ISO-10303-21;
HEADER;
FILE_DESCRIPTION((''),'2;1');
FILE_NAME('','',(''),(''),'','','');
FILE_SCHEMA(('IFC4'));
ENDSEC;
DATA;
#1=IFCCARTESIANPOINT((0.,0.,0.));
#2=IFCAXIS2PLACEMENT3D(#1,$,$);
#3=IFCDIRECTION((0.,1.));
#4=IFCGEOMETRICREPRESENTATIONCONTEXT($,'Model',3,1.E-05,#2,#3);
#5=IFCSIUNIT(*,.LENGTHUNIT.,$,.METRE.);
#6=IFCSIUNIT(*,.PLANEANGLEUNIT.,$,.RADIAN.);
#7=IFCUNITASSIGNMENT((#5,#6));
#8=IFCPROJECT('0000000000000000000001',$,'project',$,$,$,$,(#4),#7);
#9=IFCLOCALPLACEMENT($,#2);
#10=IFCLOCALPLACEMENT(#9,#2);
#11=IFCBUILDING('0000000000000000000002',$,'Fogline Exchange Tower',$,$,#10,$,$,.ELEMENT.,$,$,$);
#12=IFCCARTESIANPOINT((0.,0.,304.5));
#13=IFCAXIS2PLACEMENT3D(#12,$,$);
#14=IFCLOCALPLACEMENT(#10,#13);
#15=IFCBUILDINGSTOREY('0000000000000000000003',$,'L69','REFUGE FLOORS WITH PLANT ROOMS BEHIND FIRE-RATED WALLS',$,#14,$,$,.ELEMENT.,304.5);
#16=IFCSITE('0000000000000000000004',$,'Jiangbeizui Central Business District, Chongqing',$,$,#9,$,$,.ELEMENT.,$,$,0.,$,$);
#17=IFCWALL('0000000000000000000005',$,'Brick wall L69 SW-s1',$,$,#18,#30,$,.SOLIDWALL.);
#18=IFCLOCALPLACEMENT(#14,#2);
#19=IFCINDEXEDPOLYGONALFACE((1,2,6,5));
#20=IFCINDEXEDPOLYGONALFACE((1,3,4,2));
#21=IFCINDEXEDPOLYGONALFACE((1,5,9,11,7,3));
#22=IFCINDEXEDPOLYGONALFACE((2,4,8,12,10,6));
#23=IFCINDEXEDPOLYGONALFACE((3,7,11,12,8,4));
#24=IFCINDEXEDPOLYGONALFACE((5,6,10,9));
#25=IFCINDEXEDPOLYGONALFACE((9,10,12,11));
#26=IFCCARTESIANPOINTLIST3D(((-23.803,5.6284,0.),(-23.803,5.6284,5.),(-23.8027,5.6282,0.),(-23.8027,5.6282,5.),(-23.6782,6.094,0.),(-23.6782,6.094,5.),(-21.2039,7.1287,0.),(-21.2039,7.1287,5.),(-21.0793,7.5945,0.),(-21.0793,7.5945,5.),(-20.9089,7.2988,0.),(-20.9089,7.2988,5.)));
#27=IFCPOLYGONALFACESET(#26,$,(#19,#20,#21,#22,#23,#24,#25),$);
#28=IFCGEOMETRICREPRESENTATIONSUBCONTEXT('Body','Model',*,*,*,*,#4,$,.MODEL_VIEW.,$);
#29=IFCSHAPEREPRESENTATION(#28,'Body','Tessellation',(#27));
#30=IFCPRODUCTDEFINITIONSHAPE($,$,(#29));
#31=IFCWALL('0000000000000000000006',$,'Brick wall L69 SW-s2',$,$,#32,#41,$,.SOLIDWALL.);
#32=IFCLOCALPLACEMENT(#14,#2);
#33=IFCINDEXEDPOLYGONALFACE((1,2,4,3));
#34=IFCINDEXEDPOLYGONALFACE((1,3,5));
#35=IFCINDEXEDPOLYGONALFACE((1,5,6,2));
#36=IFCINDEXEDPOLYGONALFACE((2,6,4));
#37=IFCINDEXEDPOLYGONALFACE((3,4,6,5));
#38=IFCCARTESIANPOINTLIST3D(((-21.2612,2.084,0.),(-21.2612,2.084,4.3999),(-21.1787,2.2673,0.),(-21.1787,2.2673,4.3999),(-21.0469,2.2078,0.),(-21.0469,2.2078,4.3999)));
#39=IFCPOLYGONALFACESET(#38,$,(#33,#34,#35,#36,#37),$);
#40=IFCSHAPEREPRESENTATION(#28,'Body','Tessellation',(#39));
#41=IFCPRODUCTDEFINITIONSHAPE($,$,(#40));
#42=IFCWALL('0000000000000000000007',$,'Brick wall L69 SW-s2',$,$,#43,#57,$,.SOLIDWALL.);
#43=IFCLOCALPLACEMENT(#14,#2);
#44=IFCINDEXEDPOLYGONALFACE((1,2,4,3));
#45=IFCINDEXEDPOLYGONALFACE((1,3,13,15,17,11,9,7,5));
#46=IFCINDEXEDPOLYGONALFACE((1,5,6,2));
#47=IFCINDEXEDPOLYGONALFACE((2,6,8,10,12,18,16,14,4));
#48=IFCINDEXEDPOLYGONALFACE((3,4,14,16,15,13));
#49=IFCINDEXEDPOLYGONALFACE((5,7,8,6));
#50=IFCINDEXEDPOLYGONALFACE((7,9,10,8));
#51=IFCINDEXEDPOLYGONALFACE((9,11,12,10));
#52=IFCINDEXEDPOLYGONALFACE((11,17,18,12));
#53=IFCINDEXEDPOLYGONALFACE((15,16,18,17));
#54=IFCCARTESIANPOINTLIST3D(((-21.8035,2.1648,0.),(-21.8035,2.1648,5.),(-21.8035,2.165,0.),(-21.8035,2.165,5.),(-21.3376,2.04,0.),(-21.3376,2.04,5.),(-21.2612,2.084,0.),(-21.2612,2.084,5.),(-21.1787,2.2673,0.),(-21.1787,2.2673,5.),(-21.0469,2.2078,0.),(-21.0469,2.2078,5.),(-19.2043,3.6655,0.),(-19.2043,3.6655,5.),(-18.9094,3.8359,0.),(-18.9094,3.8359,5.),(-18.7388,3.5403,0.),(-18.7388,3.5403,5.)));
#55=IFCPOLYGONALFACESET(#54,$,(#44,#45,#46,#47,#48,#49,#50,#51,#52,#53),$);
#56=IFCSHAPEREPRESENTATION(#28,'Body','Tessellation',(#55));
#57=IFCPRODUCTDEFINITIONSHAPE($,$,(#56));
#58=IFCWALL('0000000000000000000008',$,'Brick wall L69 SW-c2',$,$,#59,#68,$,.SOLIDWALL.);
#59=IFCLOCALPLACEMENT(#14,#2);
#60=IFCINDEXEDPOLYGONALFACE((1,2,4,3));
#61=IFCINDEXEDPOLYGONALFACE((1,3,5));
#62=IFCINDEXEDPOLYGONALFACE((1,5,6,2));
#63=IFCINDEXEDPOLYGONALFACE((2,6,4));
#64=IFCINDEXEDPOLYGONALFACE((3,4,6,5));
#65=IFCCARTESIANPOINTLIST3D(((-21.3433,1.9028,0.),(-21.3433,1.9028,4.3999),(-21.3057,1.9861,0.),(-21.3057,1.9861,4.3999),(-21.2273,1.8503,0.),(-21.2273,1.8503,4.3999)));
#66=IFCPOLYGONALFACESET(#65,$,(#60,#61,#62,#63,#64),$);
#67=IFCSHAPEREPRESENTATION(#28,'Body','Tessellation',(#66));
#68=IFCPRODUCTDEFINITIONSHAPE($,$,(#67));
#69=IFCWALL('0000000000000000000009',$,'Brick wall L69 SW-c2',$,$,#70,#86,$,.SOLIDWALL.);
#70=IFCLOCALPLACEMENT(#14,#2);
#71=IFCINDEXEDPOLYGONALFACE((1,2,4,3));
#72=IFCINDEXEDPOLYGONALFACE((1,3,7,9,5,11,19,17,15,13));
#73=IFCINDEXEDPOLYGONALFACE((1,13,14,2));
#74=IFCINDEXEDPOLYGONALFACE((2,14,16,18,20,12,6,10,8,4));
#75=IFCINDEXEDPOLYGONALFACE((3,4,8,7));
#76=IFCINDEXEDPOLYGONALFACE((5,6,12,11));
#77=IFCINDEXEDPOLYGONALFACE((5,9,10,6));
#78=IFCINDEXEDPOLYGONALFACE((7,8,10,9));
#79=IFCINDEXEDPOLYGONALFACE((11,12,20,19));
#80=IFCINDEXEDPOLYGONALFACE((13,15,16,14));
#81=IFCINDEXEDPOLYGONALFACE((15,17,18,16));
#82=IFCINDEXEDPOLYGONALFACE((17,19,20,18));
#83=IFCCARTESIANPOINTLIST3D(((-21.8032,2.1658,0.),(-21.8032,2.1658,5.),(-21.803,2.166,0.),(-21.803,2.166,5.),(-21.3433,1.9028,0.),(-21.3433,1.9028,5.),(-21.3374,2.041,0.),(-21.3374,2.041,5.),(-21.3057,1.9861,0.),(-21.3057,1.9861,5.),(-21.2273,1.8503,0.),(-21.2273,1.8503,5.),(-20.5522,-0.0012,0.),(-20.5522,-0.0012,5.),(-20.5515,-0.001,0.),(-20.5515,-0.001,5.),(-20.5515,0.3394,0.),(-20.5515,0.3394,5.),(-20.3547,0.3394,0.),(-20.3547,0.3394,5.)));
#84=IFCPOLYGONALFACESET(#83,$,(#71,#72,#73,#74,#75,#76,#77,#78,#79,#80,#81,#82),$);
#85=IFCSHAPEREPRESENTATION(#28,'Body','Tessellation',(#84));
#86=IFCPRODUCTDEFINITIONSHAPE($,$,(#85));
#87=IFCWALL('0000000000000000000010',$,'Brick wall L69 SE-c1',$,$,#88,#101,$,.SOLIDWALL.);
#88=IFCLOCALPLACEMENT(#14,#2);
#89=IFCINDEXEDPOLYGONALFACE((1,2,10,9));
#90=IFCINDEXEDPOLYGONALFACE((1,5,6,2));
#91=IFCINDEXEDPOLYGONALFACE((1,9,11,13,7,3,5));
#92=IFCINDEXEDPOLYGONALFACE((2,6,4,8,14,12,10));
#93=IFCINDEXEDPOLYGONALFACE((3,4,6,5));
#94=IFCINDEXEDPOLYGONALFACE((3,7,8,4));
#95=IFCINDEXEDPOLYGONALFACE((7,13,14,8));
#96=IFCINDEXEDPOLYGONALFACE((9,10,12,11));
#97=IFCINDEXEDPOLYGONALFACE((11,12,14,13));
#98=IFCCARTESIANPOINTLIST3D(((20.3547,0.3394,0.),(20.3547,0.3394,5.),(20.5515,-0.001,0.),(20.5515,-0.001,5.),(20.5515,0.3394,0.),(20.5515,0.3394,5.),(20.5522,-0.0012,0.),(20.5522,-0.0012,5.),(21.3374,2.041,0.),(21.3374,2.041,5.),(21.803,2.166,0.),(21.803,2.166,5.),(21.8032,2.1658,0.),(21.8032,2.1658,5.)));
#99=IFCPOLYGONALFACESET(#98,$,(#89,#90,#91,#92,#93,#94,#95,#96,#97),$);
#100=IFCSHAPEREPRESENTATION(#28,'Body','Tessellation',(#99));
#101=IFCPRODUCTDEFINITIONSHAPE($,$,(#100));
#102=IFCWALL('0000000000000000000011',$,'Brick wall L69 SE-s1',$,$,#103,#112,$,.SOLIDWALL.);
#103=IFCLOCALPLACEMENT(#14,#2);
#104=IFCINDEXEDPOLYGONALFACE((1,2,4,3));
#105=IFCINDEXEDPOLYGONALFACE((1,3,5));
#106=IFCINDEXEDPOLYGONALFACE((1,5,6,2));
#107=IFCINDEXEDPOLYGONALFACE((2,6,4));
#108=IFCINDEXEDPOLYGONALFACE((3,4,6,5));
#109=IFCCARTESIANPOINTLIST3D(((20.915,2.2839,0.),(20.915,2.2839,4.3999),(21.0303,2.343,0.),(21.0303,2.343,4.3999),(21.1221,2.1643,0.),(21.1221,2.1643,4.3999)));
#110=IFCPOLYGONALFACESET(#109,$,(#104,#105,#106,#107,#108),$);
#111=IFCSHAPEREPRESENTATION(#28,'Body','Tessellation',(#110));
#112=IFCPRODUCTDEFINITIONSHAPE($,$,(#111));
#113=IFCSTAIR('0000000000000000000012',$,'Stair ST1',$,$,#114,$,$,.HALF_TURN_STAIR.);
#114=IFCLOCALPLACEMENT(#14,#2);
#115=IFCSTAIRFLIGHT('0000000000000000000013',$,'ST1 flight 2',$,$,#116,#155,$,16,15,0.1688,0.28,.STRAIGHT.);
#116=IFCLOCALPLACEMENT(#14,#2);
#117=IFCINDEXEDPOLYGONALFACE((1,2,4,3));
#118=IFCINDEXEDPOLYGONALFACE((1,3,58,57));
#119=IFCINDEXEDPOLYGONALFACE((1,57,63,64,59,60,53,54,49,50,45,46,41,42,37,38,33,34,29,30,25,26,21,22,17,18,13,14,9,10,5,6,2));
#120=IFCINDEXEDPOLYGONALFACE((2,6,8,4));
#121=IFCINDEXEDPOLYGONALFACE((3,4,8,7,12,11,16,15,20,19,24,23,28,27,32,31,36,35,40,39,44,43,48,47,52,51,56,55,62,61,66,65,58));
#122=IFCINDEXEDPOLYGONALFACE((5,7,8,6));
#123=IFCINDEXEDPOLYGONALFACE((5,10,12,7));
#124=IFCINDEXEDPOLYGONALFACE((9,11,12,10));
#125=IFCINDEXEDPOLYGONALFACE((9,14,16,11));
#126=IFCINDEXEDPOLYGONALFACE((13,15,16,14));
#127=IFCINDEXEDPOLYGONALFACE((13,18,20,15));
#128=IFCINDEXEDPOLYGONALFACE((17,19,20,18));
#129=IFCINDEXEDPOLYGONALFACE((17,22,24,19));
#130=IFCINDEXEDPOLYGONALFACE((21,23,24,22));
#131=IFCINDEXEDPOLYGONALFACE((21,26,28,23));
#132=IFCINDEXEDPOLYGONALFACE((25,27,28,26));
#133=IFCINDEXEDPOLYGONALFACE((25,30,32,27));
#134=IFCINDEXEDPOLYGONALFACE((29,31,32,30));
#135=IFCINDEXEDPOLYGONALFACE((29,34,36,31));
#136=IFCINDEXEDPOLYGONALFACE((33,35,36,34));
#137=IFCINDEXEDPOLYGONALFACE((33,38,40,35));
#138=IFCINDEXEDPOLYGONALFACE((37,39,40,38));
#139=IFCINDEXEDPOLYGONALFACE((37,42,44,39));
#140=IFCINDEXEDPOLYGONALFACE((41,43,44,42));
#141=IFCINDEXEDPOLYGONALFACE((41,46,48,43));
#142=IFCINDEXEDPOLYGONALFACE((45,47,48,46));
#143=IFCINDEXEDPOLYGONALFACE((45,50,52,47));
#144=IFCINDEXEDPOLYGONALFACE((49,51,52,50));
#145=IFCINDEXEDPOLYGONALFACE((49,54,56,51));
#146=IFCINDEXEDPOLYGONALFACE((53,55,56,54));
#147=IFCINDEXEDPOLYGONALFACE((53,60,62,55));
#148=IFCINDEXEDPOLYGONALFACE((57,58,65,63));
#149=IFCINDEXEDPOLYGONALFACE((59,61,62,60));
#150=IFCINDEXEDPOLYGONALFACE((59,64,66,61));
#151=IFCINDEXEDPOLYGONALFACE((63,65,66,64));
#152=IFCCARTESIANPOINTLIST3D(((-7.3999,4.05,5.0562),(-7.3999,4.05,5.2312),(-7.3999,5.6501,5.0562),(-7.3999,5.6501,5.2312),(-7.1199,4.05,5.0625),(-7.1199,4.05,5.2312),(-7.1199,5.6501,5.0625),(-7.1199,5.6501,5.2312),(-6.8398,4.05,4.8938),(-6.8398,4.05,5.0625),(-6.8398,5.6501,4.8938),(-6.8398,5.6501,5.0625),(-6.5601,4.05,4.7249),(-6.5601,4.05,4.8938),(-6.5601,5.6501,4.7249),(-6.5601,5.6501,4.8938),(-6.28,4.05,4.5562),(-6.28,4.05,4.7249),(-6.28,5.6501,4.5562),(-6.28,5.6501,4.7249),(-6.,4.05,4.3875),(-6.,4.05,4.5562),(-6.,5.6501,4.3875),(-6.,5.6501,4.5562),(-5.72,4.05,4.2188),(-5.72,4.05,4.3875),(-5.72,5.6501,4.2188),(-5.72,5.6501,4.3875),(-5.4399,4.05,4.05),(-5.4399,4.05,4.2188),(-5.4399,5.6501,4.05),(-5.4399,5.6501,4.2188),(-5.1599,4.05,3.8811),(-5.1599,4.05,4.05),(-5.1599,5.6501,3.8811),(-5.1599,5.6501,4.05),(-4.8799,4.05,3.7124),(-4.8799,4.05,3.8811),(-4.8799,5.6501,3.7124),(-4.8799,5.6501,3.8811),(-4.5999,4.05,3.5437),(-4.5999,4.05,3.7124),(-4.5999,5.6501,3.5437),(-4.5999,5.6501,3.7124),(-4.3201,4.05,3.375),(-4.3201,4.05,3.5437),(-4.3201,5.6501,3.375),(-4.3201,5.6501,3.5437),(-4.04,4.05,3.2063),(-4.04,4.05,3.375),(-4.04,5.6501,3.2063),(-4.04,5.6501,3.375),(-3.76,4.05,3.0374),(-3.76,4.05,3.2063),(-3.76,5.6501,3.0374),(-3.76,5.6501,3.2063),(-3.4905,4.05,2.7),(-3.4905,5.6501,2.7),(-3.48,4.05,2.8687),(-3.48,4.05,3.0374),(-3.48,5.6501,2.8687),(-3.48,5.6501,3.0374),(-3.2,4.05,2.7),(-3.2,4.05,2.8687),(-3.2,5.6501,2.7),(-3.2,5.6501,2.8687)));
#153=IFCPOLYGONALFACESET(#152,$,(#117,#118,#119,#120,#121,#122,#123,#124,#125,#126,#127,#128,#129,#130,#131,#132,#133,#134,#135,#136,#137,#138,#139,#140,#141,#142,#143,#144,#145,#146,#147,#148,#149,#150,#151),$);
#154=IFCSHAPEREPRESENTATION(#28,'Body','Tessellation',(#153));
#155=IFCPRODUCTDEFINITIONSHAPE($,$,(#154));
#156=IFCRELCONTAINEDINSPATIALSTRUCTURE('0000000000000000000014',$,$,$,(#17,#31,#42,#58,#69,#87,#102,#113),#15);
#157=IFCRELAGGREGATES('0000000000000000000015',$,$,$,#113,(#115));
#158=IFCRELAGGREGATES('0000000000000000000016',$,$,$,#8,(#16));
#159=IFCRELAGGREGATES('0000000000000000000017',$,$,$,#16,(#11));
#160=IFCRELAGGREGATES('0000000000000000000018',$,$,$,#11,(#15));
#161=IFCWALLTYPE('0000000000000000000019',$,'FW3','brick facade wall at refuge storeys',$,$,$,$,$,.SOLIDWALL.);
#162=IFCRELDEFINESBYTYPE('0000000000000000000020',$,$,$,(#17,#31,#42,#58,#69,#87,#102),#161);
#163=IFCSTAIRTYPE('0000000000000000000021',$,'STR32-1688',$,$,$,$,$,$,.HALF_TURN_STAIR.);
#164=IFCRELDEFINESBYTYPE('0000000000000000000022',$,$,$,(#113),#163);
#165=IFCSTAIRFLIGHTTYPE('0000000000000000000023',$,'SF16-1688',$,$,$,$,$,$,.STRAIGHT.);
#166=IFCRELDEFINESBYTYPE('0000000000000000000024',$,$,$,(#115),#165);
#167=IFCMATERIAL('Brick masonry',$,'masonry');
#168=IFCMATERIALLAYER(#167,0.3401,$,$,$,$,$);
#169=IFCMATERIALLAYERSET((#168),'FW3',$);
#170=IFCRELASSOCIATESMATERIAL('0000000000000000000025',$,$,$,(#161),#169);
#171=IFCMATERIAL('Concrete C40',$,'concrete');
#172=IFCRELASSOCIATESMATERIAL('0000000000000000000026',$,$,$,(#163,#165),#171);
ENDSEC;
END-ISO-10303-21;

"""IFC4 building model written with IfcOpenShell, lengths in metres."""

from ifc_helpers import new_model, si_unit, direction, frame, origin, place, context, subcontext, project, spatial, polyline, outline, extrude, material, layer, layer_set, type_object, element, aggregate, save


model = new_model("IFC4")

# Units and contexts
model_context = context("Model", 3, precision=1e-05, world=origin(), true_north=direction((0.0, 1.0)))
body_context = subcontext(model_context, "Body", "Model", "MODEL_VIEW")
ifc_project = project(units=[si_unit("LENGTHUNIT", "METRE"), si_unit("PLANEANGLEUNIT", "RADIAN")], contexts=[model_context])

# Site, building, storey
site_placement = place(None, origin())
site = spatial("IfcSite", under=ifc_project, at=site_placement, Name="Jiangbeizui Central Business District, Chongqing", CompositionType="ELEMENT", RefElevation=0.0)
building_placement = place(site_placement, origin())
building = spatial("IfcBuilding", under=site, at=building_placement, Name="Fogline Exchange Tower", CompositionType="ELEMENT")
storey_placement = place(building_placement, frame((0.0, 0.0, 304.5)))
storey = spatial("IfcBuildingStorey", under=building, at=storey_placement, Name="L69", Description="REFUGE FLOORS WITH PLANT ROOMS BEHIND FIRE-RATED WALLS", CompositionType="ELEMENT", Elevation=304.5)

# Shared definitions
ifc_material_1 = material(Name="Concrete C40", Category="concrete")

# Walls
ifc_material_2 = material(Name="Brick masonry", Category="masonry")
ifc_layer_1 = layer(ifc_material_2, 0.3401)
ifc_layer_set_1 = layer_set([ifc_layer_1], Name="FW3")
wall_type_1 = type_object("IfcWallType", Name="FW3", Description="brick facade wall at refuge storeys", PredefinedType="SOLIDWALL", material=ifc_layer_set_1)
wall_1_placement = place(storey_placement, origin())
element("IfcWall", 1, at=wall_1_placement, inside=storey, type_object=wall_type_1, Name="Brick wall L69 SW-s1", PredefinedType="SOLIDWALL", context=body_context, shape_type="SweptSolid", body=[
    extrude(outline(polyline([(-21.0793, 7.5945), (-20.9089, 7.2988), (-21.2039, 7.1287), (-23.8027, 5.6282), (-23.803, 5.6284), (-23.6782, 6.094), (-21.0793, 7.5945)])), origin(), (0.0, 0.0, 1.0), 5.0),
])
wall_2_placement = place(storey_placement, origin())
element("IfcWall", 2, at=wall_2_placement, inside=storey, type_object=wall_type_1, Name="Brick wall L69 SW-s2", PredefinedType="SOLIDWALL", context=body_context, shape_type="SweptSolid", body=[
    extrude(outline(polyline([(-21.2612, 2.084), (-21.1787, 2.2673), (-21.0469, 2.2078), (-21.2612, 2.084)])), origin(), (0.0, 0.0, 1.0), 4.3999),
])
wall_3_placement = place(storey_placement, origin())
element("IfcWall", 3, at=wall_3_placement, inside=storey, type_object=wall_type_1, Name="Brick wall L69 SW-s2", PredefinedType="SOLIDWALL", context=body_context, shape_type="SweptSolid", body=[
    extrude(outline(polyline([(-19.2043, 3.6655), (-18.9094, 3.8359), (-18.7388, 3.5403), (-21.0469, 2.2078), (-21.1787, 2.2673), (-21.2612, 2.084), (-21.3376, 2.04), (-21.8035, 2.1648), (-21.8035, 2.165), (-19.2043, 3.6655)])), origin(), (0.0, 0.0, 1.0), 5.0),
])
wall_4_placement = place(storey_placement, origin())
element("IfcWall", 4, at=wall_4_placement, inside=storey, type_object=wall_type_1, Name="Brick wall L69 SW-c2", PredefinedType="SOLIDWALL", context=body_context, shape_type="SweptSolid", body=[
    extrude(outline(polyline([(-21.2273, 1.8503), (-21.3433, 1.9028), (-21.3057, 1.9861), (-21.2273, 1.8503)])), origin(), (0.0, 0.0, 1.0), 4.3999),
])
wall_5_placement = place(storey_placement, origin())
element("IfcWall", 5, at=wall_5_placement, inside=storey, type_object=wall_type_1, Name="Brick wall L69 SW-c2", PredefinedType="SOLIDWALL", context=body_context, shape_type="SweptSolid", body=[
    extrude(outline(polyline([(-20.5515, 0.3394), (-20.5515, -0.001), (-20.5522, -0.0012), (-21.8032, 2.1658), (-21.803, 2.166), (-21.3374, 2.041), (-21.3057, 1.9861), (-21.3433, 1.9028), (-21.2273, 1.8503), (-20.3547, 0.3394), (-20.5515, 0.3394)])), origin(), (0.0, 0.0, 1.0), 5.0),
])
wall_6_placement = place(storey_placement, origin())
element("IfcWall", 6, at=wall_6_placement, inside=storey, type_object=wall_type_1, Name="Brick wall L69 SE-c1", PredefinedType="SOLIDWALL", context=body_context, shape_type="SweptSolid", body=[
    extrude(outline(polyline([(21.8032, 2.1658), (20.5522, -0.0012), (20.5515, -0.001), (20.5515, 0.3394), (20.3547, 0.3394), (21.3374, 2.041), (21.803, 2.166), (21.8032, 2.1658)])), origin(), (0.0, 0.0, 1.0), 5.0),
])
wall_7_placement = place(storey_placement, origin())
element("IfcWall", 7, at=wall_7_placement, inside=storey, type_object=wall_type_1, Name="Brick wall L69 SE-s1", PredefinedType="SOLIDWALL", context=body_context, shape_type="SweptSolid", body=[
    extrude(outline(polyline([(20.915, 2.2839), (21.0303, 2.343), (21.1221, 2.1643), (20.915, 2.2839)])), origin(), (0.0, 0.0, 1.0), 4.3999),
])

# Stair, stair flight
stair_type = type_object("IfcStairType", Name="STR32-1688", PredefinedType="HALF_TURN_STAIR", material=ifc_material_1)
stair_placement = place(storey_placement, origin())
stair = element("IfcStair", 8, at=stair_placement, inside=storey, type_object=stair_type, Name="Stair ST1", PredefinedType="HALF_TURN_STAIR")
stair_flight_type = type_object("IfcStairFlightType", Name="SF16-1688", PredefinedType="STRAIGHT", material=ifc_material_1)
stair_flight_placement = place(storey_placement, frame((-3.2, 4.8501, 2.7), z_axis=(0.0, 0.0, 1.0), x_axis=(-1.0, 0.0, 0.0)))
stair_flight = element("IfcStairFlight", 9, at=stair_flight_placement, type_object=stair_flight_type, Name="ST1 flight 2", NumberOfRisers=16, NumberOfTreads=15, PredefinedType="STRAIGHT", RiserHeight=0.1688, TreadLength=0.28, context=body_context, shape_type="SweptSolid", body=[
    extrude(outline(polyline([(0.0, 0.0), (0.0, 0.1687), (0.28, 0.1687), (0.28, 0.3374), (0.5601, 0.3374), (0.5601, 0.5063), (0.8401, 0.5063), (0.8401, 0.675), (1.1201, 0.675), (1.1201, 0.8438), (1.3999, 0.8438), (1.3999, 1.0125), (1.6799, 1.0125), (1.6799, 1.1812), (1.96, 1.1812), (1.96, 1.3501), (2.24, 1.3501), (2.24, 1.5188), (2.52, 1.5188), (2.52, 1.6875), (2.8, 1.6875), (2.8, 1.8562), (3.0801, 1.8562), (3.0801, 2.0249), (3.3601, 2.0249), (3.3601, 2.1938), (3.6399, 2.1938), (3.6399, 2.3625), (3.9199, 2.3625), (3.9199, 2.5312), (4.2, 2.5312), (4.2, 2.7), (4.2, 2.3562), (0.2905, 0.0), (0.0, 0.0)])), frame((0.0, 0.8, 0.0), z_axis=(0.0, -1.0, 0.0), x_axis=(1.0, 0.0, 0.0)), (0.0, 0.0, 1.0), 1.6001),
])
aggregate(stair, [stair_flight])

save(model, "model.ifc")
